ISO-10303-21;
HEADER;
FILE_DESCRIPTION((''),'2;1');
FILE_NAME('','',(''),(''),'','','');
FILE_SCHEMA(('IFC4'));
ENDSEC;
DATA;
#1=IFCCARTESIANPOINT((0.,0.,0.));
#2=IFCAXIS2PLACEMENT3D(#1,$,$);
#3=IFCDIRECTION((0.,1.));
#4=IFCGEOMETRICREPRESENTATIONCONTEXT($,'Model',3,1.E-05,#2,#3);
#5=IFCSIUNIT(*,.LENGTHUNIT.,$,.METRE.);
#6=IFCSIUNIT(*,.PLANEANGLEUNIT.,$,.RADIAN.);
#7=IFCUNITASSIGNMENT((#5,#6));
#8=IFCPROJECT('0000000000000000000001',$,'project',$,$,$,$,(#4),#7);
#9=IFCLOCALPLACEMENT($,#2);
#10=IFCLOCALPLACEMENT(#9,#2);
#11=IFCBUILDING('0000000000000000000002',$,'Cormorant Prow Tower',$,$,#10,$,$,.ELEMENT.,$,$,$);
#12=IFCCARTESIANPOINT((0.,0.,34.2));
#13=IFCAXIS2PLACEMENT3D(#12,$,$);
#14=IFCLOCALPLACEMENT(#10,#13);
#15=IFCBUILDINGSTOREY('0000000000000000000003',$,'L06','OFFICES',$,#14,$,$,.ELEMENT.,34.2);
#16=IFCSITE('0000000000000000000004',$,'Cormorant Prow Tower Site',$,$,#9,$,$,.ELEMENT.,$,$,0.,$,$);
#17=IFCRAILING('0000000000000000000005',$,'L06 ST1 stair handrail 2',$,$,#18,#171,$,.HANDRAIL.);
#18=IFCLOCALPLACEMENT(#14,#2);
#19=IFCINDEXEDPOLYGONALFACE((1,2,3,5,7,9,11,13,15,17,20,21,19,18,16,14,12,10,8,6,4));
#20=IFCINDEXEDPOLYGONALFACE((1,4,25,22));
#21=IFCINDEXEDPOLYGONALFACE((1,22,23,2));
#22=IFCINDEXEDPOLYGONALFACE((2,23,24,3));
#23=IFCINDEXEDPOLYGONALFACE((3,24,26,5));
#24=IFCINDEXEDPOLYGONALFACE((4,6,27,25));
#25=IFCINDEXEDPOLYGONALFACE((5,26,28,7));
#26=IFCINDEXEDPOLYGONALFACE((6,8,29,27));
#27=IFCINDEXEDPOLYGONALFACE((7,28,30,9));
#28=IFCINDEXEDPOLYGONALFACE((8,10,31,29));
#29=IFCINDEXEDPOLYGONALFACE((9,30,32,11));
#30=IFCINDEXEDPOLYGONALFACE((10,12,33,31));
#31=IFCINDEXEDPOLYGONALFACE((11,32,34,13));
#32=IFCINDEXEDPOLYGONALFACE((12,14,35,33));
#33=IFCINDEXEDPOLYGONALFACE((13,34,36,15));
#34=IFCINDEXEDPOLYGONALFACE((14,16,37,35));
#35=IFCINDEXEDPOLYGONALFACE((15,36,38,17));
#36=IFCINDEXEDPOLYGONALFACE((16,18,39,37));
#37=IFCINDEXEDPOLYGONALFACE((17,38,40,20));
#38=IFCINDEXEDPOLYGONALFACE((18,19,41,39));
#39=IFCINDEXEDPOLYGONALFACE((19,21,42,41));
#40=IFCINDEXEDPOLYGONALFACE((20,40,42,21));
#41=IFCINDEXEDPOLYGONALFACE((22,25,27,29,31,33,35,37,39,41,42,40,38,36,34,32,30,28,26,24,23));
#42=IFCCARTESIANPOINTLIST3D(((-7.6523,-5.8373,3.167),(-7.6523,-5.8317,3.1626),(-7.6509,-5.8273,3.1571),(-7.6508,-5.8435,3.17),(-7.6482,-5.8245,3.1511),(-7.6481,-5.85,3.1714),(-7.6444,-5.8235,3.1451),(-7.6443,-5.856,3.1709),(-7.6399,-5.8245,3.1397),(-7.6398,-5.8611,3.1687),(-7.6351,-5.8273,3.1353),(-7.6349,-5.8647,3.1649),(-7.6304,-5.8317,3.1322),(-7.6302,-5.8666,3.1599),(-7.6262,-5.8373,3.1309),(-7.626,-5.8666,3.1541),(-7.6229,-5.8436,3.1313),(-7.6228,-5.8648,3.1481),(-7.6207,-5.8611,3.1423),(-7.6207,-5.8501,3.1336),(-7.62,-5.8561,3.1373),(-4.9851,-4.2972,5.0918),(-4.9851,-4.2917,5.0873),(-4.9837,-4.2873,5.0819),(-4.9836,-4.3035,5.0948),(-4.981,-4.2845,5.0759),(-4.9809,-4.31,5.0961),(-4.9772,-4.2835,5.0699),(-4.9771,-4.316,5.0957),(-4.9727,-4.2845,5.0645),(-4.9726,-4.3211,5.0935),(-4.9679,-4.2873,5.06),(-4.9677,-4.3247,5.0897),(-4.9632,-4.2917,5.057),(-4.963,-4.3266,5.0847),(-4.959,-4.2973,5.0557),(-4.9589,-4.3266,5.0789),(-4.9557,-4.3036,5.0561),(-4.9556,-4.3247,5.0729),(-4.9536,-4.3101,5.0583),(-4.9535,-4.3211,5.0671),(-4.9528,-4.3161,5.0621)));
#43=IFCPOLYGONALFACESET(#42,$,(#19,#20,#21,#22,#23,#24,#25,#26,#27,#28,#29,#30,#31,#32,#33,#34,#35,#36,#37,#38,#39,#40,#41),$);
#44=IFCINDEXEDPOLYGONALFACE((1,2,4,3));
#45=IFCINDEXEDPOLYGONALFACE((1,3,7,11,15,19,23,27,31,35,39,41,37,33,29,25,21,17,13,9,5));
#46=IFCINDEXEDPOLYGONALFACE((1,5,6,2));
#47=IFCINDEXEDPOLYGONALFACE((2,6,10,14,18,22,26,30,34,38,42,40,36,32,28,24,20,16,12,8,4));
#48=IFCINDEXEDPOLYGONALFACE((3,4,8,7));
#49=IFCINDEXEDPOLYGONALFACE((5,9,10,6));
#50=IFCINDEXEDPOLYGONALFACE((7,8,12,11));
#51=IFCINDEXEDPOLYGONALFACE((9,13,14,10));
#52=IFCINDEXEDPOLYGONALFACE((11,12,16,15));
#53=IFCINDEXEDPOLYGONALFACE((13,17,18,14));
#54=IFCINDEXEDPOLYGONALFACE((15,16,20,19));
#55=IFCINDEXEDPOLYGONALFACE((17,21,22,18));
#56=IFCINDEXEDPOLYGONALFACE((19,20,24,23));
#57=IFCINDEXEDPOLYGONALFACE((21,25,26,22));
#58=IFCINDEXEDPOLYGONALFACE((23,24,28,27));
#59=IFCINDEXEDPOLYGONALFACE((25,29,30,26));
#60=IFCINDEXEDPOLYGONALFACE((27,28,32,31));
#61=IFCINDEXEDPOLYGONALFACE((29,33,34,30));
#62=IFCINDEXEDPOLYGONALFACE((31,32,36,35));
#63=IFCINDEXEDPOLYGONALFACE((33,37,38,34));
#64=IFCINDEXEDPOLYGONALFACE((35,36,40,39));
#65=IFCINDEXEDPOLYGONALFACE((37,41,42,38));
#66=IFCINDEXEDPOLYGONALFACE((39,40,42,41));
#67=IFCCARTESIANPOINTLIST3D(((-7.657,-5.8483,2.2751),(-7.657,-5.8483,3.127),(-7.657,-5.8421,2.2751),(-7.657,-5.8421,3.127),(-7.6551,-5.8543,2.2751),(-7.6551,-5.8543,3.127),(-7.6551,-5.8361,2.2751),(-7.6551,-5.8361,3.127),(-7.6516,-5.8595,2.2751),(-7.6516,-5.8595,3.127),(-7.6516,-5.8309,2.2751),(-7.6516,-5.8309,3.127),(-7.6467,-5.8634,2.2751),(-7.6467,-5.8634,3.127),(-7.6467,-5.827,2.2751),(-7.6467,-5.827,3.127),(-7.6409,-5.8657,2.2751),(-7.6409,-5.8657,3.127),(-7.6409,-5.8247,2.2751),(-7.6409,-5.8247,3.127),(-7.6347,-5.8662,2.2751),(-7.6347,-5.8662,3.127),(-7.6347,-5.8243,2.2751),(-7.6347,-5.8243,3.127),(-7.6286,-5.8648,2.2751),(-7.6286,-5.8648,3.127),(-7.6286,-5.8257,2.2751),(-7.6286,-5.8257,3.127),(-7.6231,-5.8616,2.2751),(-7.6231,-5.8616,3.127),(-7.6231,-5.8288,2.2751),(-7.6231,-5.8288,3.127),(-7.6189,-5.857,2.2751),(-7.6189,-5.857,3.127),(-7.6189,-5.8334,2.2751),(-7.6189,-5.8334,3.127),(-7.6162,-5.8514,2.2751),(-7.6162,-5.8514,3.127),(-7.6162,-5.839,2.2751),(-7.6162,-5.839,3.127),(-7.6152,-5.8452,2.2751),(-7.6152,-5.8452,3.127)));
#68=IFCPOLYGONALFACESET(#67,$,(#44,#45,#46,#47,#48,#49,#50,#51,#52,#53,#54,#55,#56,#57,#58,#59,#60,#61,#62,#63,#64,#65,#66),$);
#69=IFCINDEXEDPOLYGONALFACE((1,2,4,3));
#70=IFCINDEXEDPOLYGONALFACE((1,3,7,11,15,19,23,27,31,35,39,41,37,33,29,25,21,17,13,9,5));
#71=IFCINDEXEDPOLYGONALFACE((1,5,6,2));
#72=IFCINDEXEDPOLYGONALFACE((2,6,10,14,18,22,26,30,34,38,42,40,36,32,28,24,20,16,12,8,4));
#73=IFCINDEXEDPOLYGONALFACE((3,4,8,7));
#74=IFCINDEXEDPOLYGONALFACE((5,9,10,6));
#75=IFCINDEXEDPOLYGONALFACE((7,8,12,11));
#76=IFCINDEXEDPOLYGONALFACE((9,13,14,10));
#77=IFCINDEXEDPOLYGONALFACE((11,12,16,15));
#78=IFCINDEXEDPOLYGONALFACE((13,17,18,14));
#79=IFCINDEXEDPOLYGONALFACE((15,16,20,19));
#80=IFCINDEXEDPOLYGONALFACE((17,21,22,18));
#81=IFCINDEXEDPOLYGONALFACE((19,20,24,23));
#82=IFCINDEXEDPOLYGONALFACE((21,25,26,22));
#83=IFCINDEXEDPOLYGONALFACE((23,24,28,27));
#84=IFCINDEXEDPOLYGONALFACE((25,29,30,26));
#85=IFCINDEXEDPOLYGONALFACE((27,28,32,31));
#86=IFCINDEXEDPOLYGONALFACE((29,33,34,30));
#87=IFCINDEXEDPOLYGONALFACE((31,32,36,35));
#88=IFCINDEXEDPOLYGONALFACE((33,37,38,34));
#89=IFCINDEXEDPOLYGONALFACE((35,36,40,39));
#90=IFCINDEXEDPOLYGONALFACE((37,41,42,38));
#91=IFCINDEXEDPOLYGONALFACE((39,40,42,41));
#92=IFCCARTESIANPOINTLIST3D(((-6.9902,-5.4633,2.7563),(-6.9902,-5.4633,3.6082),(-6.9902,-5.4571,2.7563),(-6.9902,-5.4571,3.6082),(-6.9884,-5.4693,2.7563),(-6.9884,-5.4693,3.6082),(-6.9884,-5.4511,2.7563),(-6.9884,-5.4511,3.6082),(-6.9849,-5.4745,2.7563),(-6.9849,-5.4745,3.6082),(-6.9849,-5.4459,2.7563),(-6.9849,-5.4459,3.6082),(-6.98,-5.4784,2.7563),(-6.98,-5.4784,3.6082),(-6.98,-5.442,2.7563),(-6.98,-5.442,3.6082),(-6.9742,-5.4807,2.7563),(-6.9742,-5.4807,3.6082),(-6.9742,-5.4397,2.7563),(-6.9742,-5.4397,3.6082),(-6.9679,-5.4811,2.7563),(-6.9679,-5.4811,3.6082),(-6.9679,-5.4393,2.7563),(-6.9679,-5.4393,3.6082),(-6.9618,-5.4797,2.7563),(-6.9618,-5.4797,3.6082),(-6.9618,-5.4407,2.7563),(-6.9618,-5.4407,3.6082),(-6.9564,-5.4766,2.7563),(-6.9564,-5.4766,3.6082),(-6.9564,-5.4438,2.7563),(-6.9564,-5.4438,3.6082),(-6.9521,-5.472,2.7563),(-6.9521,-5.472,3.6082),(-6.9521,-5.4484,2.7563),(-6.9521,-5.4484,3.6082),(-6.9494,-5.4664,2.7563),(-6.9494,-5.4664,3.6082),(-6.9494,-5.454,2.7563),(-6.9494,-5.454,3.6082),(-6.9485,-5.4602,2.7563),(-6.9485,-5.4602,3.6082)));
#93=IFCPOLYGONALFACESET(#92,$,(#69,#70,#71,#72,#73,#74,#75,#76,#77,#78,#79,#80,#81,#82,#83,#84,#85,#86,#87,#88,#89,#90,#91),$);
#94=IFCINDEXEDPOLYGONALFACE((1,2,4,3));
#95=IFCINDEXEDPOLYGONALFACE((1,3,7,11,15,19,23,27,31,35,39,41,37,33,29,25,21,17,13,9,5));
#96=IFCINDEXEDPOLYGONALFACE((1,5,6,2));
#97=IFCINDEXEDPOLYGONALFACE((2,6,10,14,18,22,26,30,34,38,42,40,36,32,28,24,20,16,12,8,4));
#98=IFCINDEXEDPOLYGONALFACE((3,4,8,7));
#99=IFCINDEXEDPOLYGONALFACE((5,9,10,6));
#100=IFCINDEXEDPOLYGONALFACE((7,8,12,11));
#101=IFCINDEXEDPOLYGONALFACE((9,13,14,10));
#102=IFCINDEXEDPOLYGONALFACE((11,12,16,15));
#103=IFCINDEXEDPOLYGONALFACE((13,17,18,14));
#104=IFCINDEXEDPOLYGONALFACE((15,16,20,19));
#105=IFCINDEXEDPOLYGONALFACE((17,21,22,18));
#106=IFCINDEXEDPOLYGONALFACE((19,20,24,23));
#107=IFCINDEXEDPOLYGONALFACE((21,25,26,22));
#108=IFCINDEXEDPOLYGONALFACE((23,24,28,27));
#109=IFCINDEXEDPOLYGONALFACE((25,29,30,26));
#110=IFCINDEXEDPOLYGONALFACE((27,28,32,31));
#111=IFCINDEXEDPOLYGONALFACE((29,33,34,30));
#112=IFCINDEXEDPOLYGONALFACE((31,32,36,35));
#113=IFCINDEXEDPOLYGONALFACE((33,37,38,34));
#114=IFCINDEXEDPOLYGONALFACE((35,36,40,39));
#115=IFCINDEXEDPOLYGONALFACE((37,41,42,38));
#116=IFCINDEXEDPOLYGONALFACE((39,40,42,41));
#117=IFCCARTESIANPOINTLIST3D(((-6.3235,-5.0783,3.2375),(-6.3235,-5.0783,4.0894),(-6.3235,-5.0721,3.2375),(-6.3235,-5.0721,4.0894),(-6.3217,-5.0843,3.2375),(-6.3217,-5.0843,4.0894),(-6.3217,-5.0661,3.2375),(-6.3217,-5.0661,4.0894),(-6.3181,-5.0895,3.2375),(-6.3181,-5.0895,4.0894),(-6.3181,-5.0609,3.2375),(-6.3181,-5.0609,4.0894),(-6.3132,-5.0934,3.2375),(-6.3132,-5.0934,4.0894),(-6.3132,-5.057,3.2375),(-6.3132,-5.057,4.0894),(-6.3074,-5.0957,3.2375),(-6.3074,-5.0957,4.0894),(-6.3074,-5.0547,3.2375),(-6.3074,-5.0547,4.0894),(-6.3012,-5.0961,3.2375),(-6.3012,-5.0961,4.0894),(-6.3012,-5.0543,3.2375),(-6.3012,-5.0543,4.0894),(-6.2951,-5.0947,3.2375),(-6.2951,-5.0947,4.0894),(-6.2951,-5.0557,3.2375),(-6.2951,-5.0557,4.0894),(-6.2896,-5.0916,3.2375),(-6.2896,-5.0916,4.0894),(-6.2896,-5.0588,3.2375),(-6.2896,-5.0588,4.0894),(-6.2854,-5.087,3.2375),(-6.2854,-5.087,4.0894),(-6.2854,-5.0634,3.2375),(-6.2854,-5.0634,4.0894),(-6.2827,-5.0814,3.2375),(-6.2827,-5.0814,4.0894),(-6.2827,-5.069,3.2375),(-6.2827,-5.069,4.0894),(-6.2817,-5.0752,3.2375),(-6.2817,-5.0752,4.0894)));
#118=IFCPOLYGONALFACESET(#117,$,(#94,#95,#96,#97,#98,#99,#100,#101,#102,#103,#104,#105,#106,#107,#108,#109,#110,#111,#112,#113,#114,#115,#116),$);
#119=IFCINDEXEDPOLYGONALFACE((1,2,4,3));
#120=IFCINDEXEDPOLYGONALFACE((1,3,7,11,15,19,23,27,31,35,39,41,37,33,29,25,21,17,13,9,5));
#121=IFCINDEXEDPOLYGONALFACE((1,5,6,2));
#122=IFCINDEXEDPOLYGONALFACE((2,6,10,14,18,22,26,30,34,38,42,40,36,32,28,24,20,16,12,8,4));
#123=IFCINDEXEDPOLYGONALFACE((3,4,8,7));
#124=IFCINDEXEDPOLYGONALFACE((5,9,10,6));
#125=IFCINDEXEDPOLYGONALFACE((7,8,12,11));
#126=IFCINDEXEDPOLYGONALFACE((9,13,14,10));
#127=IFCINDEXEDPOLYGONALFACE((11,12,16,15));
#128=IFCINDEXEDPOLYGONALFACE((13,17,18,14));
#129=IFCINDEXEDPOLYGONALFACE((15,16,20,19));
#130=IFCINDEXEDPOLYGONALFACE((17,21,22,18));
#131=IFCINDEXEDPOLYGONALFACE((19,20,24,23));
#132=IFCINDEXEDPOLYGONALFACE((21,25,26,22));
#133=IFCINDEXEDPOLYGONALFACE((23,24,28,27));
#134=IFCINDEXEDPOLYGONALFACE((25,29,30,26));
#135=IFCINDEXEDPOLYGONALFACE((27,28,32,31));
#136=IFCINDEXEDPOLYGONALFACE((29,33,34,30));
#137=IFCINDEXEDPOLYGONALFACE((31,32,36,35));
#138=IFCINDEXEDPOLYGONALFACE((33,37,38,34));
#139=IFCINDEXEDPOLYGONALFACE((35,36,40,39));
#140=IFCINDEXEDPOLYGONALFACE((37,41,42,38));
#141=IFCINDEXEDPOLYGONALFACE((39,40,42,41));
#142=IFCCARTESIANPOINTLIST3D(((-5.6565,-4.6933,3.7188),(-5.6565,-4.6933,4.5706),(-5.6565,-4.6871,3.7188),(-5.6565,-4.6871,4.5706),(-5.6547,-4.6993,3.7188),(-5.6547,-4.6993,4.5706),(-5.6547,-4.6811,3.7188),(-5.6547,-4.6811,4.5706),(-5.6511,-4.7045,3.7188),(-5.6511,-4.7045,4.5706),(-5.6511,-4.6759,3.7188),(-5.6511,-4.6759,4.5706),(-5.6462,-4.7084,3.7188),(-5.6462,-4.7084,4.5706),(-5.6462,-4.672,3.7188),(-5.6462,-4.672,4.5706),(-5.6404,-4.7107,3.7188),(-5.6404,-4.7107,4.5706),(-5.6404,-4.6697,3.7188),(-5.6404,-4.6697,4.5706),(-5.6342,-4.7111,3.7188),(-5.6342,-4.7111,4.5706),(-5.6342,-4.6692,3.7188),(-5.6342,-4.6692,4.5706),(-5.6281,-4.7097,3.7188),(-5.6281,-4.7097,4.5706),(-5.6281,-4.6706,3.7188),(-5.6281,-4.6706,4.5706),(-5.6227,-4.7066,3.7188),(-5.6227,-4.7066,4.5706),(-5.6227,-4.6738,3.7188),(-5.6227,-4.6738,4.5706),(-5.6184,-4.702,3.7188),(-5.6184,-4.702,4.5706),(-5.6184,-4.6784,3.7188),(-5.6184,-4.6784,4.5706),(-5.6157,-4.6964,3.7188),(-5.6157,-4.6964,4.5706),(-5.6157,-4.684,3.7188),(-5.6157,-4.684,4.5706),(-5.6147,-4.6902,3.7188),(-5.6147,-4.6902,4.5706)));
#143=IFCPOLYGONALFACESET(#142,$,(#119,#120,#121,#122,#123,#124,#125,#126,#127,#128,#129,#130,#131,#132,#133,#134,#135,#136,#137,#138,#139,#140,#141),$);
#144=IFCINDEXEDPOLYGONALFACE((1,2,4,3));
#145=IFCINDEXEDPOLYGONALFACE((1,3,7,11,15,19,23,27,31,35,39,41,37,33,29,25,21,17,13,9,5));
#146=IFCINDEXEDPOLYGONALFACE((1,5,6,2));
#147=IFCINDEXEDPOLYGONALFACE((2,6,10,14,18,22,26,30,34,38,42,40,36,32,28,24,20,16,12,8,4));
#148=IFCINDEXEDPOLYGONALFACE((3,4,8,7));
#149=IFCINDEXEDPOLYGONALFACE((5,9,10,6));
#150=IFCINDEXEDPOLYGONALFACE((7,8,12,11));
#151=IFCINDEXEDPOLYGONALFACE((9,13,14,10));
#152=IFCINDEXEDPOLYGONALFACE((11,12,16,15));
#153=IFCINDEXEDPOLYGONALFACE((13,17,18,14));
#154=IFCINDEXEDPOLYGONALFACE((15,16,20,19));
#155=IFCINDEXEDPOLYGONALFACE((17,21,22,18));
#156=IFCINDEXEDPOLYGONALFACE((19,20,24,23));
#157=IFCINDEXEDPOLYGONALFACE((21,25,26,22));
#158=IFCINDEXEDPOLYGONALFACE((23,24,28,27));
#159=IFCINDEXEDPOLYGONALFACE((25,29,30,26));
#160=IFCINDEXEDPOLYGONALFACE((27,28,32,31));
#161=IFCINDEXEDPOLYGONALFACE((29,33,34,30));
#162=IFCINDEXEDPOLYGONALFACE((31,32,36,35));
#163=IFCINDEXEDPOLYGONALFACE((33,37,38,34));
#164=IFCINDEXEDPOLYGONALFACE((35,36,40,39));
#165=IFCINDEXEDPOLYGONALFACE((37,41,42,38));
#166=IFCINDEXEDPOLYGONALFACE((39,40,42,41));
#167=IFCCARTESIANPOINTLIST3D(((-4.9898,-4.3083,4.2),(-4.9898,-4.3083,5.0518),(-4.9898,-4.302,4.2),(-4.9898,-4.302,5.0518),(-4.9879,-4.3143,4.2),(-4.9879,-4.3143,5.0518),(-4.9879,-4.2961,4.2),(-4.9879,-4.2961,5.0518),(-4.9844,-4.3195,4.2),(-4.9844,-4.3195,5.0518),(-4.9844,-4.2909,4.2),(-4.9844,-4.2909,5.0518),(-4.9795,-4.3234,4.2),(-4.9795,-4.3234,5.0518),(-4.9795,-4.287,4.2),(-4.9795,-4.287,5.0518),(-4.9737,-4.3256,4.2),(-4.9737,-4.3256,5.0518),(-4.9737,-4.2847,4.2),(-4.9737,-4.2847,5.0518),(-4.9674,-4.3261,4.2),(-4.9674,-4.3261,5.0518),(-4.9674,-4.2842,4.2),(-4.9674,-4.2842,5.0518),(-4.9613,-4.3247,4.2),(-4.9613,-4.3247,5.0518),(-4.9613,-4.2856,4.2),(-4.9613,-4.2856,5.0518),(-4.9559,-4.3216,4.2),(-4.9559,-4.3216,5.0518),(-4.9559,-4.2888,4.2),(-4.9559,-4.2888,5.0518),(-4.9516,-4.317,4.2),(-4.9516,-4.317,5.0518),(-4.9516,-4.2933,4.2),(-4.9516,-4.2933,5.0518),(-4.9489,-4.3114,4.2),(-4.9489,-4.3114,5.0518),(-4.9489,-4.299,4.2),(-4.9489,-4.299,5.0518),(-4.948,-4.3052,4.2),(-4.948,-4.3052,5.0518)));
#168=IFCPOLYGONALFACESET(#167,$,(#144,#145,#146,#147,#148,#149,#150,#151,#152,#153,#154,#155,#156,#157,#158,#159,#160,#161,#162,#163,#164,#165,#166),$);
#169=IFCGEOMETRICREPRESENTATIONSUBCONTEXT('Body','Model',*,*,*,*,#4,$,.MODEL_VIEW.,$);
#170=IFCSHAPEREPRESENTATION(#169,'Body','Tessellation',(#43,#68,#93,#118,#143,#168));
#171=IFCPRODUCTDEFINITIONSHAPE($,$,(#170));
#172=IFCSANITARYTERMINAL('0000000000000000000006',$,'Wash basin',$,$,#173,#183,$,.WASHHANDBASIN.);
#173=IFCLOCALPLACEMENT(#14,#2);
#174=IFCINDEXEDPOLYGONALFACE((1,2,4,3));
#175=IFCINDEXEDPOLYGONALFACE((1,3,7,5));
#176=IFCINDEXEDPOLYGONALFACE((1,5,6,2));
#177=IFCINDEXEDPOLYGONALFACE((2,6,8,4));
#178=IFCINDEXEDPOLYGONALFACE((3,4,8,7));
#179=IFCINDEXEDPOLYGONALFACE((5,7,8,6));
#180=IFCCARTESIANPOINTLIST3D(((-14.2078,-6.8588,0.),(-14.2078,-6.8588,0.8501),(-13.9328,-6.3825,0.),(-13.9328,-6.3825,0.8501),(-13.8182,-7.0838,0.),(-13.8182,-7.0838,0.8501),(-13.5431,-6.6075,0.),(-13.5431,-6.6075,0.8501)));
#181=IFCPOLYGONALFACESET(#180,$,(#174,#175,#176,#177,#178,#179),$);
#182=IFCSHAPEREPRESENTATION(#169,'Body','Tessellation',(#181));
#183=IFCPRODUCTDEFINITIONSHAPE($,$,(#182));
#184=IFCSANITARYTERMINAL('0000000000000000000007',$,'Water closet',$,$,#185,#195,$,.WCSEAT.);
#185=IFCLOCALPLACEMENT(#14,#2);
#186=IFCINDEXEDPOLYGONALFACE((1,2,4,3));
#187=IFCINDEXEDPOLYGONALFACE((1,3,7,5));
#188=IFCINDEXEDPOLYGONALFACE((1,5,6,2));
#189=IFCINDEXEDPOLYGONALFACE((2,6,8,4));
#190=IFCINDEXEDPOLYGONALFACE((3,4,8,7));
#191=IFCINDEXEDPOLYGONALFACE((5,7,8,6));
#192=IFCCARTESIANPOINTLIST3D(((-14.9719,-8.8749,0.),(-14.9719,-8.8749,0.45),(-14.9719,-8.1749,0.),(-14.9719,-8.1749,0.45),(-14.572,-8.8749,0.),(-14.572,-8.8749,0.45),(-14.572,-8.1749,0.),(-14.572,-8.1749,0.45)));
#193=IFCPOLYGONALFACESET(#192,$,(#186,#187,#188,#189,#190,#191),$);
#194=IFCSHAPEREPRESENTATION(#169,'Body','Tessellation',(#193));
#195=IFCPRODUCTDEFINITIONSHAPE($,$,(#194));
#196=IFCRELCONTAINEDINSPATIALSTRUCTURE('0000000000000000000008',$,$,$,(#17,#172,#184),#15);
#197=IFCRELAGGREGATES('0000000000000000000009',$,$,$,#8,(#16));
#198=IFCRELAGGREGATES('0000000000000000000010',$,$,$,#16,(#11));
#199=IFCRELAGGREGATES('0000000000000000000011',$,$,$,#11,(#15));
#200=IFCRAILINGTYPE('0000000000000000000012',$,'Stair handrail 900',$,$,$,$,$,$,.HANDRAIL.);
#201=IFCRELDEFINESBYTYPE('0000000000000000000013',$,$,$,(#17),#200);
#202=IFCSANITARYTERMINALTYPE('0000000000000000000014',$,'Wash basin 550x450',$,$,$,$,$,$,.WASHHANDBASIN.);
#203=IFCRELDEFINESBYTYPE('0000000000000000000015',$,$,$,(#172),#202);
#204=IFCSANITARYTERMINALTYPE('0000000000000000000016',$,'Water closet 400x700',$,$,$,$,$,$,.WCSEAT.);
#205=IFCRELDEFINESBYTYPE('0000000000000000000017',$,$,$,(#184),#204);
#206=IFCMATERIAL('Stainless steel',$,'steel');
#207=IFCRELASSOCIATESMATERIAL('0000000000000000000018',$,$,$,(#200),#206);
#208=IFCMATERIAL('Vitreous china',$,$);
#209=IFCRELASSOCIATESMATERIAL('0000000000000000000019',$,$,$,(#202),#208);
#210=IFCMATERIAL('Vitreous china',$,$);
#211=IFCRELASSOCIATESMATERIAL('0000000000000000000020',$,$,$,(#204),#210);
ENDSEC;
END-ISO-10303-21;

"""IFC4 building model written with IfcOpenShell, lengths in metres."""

from ifc_helpers import new_model, si_unit, direction, frame, origin, origin_2d, place, context, subcontext, project, spatial, rectangle, circle, extrude, material, type_object, element, save


model = new_model("IFC4")

# Units and contexts
model_context = context("Model", 3, precision=1e-05, world=origin(), true_north=direction((0.0, 1.0)))
body_context = subcontext(model_context, "Body", "Model", "MODEL_VIEW")
ifc_project = project(units=[si_unit("LENGTHUNIT", "METRE"), si_unit("PLANEANGLEUNIT", "RADIAN")], contexts=[model_context])

# Site, building, storey
site_placement = place(None, origin())
site = spatial("IfcSite", under=ifc_project, at=site_placement, Name="Cormorant Prow Tower Site", CompositionType="ELEMENT", RefElevation=0.0)
building_placement = place(site_placement, origin())
building = spatial("IfcBuilding", under=site, at=building_placement, Name="Cormorant Prow Tower", CompositionType="ELEMENT")
storey_placement = place(building_placement, frame((0.0, 0.0, 34.2)))
storey = spatial("IfcBuildingStorey", under=building, at=storey_placement, Name="L06", Description="OFFICES", CompositionType="ELEMENT", Elevation=34.2)

# Railing
ifc_material_1 = material(Name="Stainless steel", Category="steel")
railing_type_1 = type_object("IfcRailingType", Name="Stair handrail 900", PredefinedType="HANDRAIL", material=ifc_material_1)
railing_1_placement = place(storey_placement, frame((-7.6362, -5.8452, 2.2751)))
element("IfcRailing", 1, at=railing_1_placement, inside=storey, type_object=railing_type_1, Name="L06 ST1 stair handrail 2", PredefinedType="HANDRAIL", context=body_context, shape_type="SweptSolid", body=[
    extrude(circle(Radius=0.0239, at=origin_2d()), frame((0.0, 0.0, 0.876), z_axis=(0.73439, 0.424031, 0.529971), x_axis=(-0.500027, 0.86601, 0.0)), (0.0, 0.0, 1.0), 3.6318),
    extrude(circle(Radius=0.021, at=origin_2d()), origin(), (0.0, 0.0, 1.0), 0.8518),
    extrude(circle(Radius=0.021, at=origin_2d()), frame((0.6667, 0.385, 0.4812)), (0.0, 0.0, 1.0), 0.8518),
    extrude(circle(Radius=0.021, at=origin_2d()), frame((1.3335, 0.77, 0.9624)), (0.0, 0.0, 1.0), 0.8518),
    extrude(circle(Radius=0.021, at=origin_2d()), frame((2.0005, 1.155, 1.4436)), (0.0, 0.0, 1.0), 0.8518),
    extrude(circle(Radius=0.021, at=origin_2d()), frame((2.6672, 1.54, 1.9248)), (0.0, 0.0, 1.0), 0.8518),
])

# Sanitary terminals
ifc_material_2 = material(Name="Vitreous china")
sanitary_terminal_type_1 = type_object("IfcSanitaryTerminalType", Name="Wash basin 550x450", PredefinedType="WASHHANDBASIN", material=ifc_material_2)
sanitary_terminal_1_placement = place(storey_placement, frame((-13.8755, -6.7332, 0.0), z_axis=(0.0, 0.0, 1.0), x_axis=(-0.5, -0.866025, 0.0)))
element("IfcSanitaryTerminal", 2, at=sanitary_terminal_1_placement, inside=storey, type_object=sanitary_terminal_type_1, Name="Wash basin", PredefinedType="WASHHANDBASIN", context=body_context, shape_type="SweptSolid", body=[
    extrude(rectangle(XDim=0.55, YDim=0.45, at=origin_2d()), origin(), (0.0, 0.0, 1.0), 0.8501),
])
ifc_material_3 = material(Name="Vitreous china")
sanitary_terminal_type_2 = type_object("IfcSanitaryTerminalType", Name="Water closet 400x700", PredefinedType="WCSEAT", material=ifc_material_3)
sanitary_terminal_2_placement = place(storey_placement, frame((-14.772, -8.5249, 0.0), z_axis=(0.0, 0.0, 1.0), x_axis=(1.0, 0.0, 0.0)))
element("IfcSanitaryTerminal", 3, at=sanitary_terminal_2_placement, inside=storey, type_object=sanitary_terminal_type_2, Name="Water closet", PredefinedType="WCSEAT", context=body_context, shape_type="SweptSolid", body=[
    extrude(rectangle(XDim=0.3999, YDim=0.7, at=origin_2d()), origin(), (0.0, 0.0, 1.0), 0.45),
])

save(model, "model.ifc")
